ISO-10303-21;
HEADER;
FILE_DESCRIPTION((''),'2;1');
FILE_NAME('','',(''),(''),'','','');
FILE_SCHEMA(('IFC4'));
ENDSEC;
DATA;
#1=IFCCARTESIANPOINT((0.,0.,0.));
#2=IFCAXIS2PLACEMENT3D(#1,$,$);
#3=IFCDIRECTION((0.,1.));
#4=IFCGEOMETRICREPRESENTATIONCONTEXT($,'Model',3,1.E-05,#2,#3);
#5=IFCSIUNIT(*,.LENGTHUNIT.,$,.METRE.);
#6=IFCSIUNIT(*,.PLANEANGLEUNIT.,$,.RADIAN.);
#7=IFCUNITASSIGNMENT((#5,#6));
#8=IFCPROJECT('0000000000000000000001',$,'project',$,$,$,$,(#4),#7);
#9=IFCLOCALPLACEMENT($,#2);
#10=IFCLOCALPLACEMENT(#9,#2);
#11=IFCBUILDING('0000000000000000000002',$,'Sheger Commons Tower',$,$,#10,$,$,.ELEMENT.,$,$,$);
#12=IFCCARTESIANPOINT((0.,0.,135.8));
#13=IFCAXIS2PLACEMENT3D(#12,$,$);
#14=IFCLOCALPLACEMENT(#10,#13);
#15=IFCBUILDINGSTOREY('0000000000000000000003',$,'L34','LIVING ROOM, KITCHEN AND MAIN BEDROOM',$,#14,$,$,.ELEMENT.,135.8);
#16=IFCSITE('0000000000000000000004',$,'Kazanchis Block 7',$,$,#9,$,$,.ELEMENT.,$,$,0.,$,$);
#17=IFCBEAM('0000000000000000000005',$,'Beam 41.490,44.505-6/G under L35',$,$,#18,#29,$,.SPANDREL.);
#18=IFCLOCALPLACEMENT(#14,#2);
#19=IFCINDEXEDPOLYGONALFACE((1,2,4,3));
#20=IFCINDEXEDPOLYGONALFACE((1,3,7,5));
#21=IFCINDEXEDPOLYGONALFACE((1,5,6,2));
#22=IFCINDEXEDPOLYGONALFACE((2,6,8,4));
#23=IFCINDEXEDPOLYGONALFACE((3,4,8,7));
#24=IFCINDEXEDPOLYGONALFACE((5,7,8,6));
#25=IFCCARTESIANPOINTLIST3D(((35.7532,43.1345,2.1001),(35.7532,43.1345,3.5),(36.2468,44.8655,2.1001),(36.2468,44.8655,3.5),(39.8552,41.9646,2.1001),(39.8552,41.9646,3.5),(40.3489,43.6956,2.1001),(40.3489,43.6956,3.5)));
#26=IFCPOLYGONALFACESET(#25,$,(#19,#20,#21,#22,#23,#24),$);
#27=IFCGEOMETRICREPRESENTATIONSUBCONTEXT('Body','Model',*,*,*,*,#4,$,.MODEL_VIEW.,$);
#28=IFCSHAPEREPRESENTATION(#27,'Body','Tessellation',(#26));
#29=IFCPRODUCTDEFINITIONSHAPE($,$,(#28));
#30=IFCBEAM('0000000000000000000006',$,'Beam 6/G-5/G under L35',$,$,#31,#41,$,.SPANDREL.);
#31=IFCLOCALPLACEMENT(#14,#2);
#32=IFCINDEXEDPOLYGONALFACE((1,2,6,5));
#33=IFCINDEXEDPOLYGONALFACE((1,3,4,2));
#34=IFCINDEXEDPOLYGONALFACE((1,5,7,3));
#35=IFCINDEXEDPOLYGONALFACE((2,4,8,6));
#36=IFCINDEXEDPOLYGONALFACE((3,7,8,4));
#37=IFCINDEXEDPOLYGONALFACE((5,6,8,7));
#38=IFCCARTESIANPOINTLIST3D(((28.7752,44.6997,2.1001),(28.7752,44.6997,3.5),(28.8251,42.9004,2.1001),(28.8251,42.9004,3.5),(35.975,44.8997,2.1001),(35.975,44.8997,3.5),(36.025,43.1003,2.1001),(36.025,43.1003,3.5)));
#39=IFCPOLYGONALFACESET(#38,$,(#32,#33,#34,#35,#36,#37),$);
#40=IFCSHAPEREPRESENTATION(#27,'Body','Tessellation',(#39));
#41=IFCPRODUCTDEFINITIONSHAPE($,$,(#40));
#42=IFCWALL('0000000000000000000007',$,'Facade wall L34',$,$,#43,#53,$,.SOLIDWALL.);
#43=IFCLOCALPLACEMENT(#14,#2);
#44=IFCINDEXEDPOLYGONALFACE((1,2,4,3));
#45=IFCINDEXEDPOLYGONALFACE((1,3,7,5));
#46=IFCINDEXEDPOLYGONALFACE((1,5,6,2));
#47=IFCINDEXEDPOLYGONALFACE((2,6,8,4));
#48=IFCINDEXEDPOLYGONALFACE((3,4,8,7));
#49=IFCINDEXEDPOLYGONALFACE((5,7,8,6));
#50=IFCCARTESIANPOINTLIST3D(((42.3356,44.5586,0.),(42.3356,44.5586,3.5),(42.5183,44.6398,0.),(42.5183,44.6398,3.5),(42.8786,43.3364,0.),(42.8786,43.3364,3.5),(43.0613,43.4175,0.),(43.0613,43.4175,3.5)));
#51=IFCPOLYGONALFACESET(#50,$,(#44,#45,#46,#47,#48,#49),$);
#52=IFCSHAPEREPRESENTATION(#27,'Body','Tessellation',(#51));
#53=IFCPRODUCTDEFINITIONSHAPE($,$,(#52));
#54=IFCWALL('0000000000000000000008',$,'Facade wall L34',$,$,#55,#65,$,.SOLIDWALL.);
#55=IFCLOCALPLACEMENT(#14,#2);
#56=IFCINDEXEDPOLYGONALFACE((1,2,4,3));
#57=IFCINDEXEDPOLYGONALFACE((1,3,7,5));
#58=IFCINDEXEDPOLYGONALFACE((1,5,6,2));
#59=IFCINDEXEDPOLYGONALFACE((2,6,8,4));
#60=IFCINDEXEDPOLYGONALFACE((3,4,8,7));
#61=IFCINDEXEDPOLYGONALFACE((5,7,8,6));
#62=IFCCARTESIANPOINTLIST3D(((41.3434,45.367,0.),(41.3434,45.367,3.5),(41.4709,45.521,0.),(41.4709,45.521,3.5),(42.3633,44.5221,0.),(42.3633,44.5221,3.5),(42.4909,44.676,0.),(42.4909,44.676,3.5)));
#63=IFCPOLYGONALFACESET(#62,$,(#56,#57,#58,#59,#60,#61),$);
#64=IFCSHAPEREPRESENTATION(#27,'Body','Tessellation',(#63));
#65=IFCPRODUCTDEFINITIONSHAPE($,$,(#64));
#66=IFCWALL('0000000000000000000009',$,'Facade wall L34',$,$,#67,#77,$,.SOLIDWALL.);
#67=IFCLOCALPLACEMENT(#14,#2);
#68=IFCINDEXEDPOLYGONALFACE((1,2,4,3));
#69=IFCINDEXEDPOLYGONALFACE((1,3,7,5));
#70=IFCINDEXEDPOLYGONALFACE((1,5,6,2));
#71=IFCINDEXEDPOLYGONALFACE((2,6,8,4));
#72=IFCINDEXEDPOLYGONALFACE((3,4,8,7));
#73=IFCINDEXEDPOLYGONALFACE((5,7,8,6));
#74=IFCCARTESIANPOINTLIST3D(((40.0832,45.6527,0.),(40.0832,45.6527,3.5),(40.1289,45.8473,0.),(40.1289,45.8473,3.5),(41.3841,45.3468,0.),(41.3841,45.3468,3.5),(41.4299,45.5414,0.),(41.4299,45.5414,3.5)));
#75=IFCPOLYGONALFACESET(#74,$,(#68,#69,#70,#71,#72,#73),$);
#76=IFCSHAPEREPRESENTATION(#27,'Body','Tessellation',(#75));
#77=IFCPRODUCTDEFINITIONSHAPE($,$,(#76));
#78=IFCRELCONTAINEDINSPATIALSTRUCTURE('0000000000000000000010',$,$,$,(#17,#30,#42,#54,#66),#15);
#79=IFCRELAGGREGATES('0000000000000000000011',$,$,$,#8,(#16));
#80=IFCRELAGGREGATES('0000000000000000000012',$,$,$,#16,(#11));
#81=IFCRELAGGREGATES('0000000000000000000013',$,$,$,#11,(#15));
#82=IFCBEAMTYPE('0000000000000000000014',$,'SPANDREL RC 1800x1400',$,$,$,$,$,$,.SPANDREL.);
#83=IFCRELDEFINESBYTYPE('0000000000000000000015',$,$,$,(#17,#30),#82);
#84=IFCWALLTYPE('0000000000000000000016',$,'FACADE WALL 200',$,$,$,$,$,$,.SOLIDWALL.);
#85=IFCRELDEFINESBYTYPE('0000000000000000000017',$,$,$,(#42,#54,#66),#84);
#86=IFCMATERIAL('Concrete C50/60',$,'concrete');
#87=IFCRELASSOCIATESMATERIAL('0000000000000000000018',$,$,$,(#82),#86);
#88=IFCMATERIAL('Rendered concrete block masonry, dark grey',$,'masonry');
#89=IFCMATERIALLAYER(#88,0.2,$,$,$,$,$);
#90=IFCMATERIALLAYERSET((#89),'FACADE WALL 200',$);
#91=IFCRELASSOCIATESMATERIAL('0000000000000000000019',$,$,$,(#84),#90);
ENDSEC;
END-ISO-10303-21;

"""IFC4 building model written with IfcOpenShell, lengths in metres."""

from ifc_helpers import new_model, si_unit, direction, frame, frame_2d, origin, origin_2d, place, context, subcontext, project, spatial, rectangle, extrude, material, layer, layer_set, material_profile, profile_set, type_object, element, save


model = new_model("IFC4")

# Units and contexts
model_context = context("Model", 3, precision=1e-05, world=origin(), true_north=direction((0.0, 1.0)))
body_context = subcontext(model_context, "Body", "Model", "MODEL_VIEW")
ifc_project = project(units=[si_unit("LENGTHUNIT", "METRE"), si_unit("PLANEANGLEUNIT", "RADIAN")], contexts=[model_context])

# Site, building, storey
site_placement = place(None, origin())
site = spatial("IfcSite", under=ifc_project, at=site_placement, Name="Kazanchis Block 7", CompositionType="ELEMENT", RefElevation=0.0)
building_placement = place(site_placement, origin())
building = spatial("IfcBuilding", under=site, at=building_placement, Name="Sheger Commons Tower", CompositionType="ELEMENT")
storey_placement = place(building_placement, frame((0.0, 0.0, 135.8)))
storey = spatial("IfcBuildingStorey", under=building, at=storey_placement, Name="L34", Description="LIVING ROOM, KITCHEN AND MAIN BEDROOM", CompositionType="ELEMENT", Elevation=135.8)

# Beams
ifc_material_1 = material(Name="Concrete C50/60", Category="concrete")
ifc_material_profile = material_profile(ifc_material_1, rectangle(XDim=1.8, YDim=1.3999, at=origin_2d()), Name="RC 1800x1400")
ifc_profile_set = profile_set([ifc_material_profile], Name="Concrete C50/60")
beam_type = type_object("IfcBeamType", Name="SPANDREL RC 1800x1400", PredefinedType="SPANDREL", material=ifc_profile_set)
beam_1_placement = place(storey_placement, frame((40.1021, 42.8301, 2.8), z_axis=(-0.961653, 0.274268, 0.0), x_axis=(-0.274268, -0.961653, 0.0)))
element("IfcBeam", 1, at=beam_1_placement, inside=storey, type_object=beam_type, Name="Beam 41.490,44.505-6/G under L35", PredefinedType="SPANDREL", context=body_context, shape_type="SweptSolid", body=[
    extrude(rectangle(XDim=1.8, YDim=1.3999, at=origin_2d()), origin(), (0.0, 0.0, 1.0), 4.2656),
])
beam_2_placement = place(storey_placement, frame((36.0, 44.0, 2.8), z_axis=(-0.999615, -0.02776, 0.0), x_axis=(0.02776, -0.999615, 0.0)))
element("IfcBeam", 2, at=beam_2_placement, inside=storey, type_object=beam_type, Name="Beam 6/G-5/G under L35", PredefinedType="SPANDREL", context=body_context, shape_type="SweptSolid", body=[
    extrude(rectangle(XDim=1.8, YDim=1.3999, at=origin_2d()), origin(), (0.0, 0.0, 1.0), 7.2026),
])

# Walls
ifc_material_2 = material(Name="Rendered concrete block masonry, dark grey", Category="masonry")
ifc_layer_1 = layer(ifc_material_2, 0.2)
ifc_layer_set_1 = layer_set([ifc_layer_1], Name="FACADE WALL 200")
wall_type_1 = type_object("IfcWallType", Name="FACADE WALL 200", PredefinedType="SOLIDWALL", material=ifc_layer_set_1)
wall_1_placement = place(storey_placement, frame((42.97, 43.377, 0.0), z_axis=(0.0, 0.0, 1.0), x_axis=(-0.406003, 0.913872, 0.0)))
element("IfcWall", 3, at=wall_1_placement, inside=storey, type_object=wall_type_1, Name="Facade wall L34", PredefinedType="SOLIDWALL", context=body_context, shape_type="SweptSolid", body=[
    extrude(rectangle(XDim=1.3374, YDim=0.2, at=frame_2d((0.6687, 0.0))), origin(), (0.0, 0.0, 1.0), 3.5),
])
wall_2_placement = place(storey_placement, frame((42.427, 44.5991, 0.0), z_axis=(0.0, 0.0, 1.0), x_axis=(-0.770091, 0.637934, 0.0)))
element("IfcWall", 4, at=wall_2_placement, inside=storey, type_object=wall_type_1, Name="Facade wall L34", PredefinedType="SOLIDWALL", context=body_context, shape_type="SweptSolid", body=[
    extrude(rectangle(XDim=1.3245, YDim=0.2, at=frame_2d((0.6621, 0.0))), origin(), (0.0, 0.0, 1.0), 3.5),
])
wall_3_placement = place(storey_placement, frame((41.407, 45.4441, 0.0), z_axis=(0.0, 0.0, 1.0), x_axis=(-0.973453, 0.228887, 0.0)))
element("IfcWall", 5, at=wall_3_placement, inside=storey, type_object=wall_type_1, Name="Facade wall L34", PredefinedType="SOLIDWALL", context=body_context, shape_type="SweptSolid", body=[
    extrude(rectangle(XDim=1.3364, YDim=0.2, at=frame_2d((0.6682, 0.0))), origin(), (0.0, 0.0, 1.0), 3.5),
])

save(model, "model.ifc")
